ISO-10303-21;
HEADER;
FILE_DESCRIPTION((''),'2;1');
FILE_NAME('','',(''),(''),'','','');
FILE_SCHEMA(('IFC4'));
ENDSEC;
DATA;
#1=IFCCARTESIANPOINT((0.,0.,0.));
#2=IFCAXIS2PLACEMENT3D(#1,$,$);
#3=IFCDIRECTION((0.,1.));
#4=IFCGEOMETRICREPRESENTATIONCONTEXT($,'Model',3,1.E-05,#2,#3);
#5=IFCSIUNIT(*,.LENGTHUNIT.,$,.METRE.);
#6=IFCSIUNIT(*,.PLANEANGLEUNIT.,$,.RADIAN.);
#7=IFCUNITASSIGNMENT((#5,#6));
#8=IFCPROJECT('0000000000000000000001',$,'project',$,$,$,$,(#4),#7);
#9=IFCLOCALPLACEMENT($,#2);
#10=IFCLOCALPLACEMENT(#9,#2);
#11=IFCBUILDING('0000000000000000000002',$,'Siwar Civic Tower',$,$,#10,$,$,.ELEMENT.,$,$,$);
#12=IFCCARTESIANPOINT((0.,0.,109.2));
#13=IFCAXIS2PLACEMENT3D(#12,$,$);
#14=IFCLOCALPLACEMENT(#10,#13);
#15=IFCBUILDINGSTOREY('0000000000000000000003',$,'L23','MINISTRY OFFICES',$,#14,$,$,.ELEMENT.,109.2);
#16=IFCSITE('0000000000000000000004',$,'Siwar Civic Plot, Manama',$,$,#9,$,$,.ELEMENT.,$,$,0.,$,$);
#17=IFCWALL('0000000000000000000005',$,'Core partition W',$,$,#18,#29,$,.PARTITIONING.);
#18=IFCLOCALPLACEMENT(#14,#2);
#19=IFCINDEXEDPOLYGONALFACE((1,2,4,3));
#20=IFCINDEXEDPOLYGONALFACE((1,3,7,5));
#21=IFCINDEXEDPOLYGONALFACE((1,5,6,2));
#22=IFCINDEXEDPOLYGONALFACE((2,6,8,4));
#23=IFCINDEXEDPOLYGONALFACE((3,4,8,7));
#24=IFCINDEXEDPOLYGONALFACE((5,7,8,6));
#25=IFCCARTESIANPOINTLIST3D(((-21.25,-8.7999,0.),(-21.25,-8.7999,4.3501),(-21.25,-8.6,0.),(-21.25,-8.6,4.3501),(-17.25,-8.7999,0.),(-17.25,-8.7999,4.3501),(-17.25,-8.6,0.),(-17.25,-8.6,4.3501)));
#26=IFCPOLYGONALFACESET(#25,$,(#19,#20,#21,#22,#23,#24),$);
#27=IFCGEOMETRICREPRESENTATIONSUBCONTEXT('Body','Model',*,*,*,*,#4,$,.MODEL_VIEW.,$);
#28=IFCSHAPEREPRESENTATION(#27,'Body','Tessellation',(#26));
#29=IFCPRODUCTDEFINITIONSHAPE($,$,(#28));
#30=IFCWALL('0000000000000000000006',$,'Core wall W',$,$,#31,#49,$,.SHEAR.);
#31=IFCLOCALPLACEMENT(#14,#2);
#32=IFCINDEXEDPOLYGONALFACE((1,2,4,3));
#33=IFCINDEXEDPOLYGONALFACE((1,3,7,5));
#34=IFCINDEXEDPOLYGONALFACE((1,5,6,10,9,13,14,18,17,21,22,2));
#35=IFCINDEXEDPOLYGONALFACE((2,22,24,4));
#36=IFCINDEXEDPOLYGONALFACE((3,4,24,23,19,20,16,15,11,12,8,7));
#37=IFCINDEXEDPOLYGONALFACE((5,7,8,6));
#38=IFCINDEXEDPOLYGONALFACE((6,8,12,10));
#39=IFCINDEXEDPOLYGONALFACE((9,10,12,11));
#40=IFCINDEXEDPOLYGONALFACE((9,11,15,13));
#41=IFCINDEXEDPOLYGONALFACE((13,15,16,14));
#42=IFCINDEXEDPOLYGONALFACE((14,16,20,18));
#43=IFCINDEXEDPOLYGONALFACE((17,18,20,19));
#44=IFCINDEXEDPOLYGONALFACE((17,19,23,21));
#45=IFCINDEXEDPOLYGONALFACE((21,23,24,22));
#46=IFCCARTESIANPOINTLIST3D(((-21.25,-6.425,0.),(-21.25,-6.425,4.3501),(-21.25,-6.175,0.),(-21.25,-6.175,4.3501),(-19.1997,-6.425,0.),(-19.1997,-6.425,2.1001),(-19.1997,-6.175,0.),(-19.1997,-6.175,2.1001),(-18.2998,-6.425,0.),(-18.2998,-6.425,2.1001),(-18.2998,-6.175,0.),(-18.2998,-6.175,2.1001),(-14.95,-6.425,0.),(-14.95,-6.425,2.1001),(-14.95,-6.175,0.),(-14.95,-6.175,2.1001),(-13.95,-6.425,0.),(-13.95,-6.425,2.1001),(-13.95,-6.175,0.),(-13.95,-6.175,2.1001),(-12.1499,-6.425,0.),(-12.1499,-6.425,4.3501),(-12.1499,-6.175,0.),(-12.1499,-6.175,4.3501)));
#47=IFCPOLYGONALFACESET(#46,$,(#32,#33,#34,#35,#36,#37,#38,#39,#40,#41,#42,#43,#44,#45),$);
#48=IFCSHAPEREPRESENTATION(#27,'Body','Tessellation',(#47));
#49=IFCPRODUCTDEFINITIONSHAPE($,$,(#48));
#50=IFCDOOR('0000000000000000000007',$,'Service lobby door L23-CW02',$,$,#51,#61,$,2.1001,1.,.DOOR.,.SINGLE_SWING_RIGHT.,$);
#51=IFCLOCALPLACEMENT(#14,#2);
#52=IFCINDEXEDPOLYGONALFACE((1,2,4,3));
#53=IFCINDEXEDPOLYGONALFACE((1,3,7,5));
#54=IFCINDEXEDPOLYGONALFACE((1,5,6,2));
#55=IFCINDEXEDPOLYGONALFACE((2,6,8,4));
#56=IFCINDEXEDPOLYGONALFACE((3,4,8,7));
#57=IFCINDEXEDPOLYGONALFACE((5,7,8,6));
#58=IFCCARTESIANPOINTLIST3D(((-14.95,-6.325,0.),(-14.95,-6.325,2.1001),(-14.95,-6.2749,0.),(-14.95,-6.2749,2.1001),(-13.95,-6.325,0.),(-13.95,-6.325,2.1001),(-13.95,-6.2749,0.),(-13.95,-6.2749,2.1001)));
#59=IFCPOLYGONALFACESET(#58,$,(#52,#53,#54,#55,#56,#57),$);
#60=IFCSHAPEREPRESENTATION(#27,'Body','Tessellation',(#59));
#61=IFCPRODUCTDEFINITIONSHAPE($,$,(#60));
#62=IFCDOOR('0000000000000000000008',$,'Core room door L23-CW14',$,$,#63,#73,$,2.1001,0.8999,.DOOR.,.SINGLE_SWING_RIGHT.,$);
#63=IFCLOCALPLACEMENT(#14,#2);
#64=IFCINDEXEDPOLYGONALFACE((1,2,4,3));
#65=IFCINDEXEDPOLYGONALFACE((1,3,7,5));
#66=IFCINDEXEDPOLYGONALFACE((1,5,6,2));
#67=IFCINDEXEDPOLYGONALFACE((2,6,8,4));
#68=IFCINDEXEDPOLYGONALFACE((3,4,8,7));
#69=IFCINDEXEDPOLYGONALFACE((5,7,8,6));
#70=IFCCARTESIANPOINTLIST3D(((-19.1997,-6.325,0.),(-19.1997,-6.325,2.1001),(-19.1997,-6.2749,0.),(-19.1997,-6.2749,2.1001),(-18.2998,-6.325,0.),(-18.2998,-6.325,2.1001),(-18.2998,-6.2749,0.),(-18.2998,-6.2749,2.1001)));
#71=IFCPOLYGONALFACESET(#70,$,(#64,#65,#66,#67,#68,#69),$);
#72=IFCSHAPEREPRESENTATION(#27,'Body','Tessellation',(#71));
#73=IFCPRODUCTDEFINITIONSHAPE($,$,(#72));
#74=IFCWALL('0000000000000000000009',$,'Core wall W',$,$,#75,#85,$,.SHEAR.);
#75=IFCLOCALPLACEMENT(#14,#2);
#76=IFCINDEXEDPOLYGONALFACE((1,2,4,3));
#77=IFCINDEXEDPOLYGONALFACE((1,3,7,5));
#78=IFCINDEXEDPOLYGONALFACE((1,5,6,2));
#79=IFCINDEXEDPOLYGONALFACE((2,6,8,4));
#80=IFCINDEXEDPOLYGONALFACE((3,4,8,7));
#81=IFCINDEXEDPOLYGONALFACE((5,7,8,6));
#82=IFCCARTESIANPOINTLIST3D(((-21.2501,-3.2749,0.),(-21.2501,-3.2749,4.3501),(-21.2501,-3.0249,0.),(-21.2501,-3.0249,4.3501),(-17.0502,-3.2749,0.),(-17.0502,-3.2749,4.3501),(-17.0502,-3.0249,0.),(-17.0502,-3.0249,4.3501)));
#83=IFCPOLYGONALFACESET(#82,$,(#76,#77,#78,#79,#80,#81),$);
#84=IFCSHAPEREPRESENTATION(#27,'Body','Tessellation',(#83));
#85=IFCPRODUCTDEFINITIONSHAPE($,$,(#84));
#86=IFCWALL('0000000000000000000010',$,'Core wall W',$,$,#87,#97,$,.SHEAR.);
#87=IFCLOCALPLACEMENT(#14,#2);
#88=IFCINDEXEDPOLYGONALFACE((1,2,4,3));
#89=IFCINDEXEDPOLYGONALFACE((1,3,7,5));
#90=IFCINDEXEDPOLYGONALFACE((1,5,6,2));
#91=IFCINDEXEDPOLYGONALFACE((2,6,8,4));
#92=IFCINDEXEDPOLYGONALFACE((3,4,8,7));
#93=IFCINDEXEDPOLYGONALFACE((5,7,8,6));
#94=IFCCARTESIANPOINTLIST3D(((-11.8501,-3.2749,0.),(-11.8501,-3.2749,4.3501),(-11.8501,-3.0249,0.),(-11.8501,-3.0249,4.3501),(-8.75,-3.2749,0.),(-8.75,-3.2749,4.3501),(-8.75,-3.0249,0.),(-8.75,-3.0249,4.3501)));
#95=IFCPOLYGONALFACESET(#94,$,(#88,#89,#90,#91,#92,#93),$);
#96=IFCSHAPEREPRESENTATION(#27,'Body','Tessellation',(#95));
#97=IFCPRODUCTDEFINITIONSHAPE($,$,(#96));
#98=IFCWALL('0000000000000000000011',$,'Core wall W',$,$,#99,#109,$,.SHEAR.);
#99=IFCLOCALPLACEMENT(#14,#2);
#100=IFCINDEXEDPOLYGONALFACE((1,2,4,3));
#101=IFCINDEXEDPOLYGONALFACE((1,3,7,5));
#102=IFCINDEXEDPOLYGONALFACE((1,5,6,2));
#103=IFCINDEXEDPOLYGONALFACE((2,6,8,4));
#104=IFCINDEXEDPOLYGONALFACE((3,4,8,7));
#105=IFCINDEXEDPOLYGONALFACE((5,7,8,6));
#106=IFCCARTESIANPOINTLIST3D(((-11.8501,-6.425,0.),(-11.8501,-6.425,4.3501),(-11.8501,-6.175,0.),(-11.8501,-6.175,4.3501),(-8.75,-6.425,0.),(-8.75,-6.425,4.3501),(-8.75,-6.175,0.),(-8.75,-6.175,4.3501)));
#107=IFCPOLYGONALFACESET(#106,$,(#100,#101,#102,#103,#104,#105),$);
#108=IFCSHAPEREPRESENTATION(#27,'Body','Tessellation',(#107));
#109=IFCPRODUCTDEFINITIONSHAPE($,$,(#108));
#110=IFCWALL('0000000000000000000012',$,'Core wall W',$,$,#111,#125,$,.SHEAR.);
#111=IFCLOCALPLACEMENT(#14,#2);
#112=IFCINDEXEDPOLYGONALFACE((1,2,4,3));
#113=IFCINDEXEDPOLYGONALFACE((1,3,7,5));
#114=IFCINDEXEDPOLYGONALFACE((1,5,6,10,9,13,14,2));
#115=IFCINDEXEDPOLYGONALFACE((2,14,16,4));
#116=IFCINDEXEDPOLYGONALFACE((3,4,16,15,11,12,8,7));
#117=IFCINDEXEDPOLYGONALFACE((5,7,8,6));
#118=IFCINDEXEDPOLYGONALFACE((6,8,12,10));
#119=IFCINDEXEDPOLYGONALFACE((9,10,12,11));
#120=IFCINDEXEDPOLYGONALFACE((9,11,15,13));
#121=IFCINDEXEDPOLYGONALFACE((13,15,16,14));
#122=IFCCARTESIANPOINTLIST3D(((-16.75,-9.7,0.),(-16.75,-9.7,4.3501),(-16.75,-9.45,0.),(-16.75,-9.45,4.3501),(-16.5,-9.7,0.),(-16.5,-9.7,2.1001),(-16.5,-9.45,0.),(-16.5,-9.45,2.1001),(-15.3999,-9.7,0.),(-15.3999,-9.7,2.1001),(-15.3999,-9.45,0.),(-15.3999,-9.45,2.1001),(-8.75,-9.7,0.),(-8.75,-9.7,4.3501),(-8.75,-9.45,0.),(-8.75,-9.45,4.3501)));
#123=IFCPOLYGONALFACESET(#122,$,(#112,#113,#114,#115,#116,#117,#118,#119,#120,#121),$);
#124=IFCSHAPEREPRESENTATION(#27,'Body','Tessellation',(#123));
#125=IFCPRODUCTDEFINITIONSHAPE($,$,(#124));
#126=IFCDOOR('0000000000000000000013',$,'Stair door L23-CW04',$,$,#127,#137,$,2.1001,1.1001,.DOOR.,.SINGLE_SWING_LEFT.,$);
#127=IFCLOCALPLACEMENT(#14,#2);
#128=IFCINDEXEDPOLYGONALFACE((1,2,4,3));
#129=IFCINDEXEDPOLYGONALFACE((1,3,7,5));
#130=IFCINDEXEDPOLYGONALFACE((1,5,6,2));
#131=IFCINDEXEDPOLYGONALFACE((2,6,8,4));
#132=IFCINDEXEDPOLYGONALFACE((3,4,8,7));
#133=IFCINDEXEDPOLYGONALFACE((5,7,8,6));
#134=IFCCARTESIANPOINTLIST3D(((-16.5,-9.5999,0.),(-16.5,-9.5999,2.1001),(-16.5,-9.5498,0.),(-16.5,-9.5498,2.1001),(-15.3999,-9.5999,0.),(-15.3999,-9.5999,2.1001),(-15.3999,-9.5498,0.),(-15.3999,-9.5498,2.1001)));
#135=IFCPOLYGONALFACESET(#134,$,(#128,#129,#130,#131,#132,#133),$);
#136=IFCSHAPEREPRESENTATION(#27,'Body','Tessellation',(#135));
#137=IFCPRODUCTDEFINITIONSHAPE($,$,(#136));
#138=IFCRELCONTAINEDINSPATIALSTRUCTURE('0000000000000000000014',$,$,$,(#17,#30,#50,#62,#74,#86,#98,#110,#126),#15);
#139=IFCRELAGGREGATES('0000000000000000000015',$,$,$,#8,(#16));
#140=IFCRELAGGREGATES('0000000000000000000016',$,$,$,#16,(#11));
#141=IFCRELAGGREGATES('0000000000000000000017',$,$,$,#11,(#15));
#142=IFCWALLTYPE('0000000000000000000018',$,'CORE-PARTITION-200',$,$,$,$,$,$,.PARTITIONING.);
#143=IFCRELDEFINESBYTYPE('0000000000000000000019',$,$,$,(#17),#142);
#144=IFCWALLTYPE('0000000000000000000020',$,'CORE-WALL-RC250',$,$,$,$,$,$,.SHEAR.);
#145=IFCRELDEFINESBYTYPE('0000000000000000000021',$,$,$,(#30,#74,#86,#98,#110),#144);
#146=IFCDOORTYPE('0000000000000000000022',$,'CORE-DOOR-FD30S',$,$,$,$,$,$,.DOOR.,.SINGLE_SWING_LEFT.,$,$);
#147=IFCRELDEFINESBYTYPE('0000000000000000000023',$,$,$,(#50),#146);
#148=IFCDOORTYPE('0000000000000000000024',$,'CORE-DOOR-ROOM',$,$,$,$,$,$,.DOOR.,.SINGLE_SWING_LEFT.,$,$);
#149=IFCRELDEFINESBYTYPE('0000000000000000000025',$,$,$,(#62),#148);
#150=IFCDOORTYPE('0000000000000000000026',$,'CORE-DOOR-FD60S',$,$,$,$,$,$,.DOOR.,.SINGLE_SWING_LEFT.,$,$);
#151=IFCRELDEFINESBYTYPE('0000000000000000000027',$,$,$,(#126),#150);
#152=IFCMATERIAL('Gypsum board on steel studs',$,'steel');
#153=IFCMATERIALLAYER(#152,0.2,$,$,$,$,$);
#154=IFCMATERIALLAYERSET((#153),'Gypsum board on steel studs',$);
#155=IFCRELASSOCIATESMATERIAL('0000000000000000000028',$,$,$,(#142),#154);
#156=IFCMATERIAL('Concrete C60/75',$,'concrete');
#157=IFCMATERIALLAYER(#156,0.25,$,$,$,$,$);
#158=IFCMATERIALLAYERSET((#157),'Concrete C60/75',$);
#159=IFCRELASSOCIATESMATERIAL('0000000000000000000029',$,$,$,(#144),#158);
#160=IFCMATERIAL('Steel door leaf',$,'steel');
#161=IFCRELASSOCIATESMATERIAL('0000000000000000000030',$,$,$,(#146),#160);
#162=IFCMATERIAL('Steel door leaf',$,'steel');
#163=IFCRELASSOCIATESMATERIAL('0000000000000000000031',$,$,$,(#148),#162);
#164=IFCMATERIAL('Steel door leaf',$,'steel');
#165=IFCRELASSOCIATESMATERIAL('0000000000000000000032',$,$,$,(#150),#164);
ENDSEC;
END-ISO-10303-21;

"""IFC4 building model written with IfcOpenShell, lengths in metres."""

from ifc_helpers import new_model, si_unit, direction, frame, frame_2d, origin, place, context, subcontext, project, spatial, rectangle, extrude, material, layer, layer_set, type_object, element, fill, save


model = new_model("IFC4")

# Units and contexts
model_context = context("Model", 3, precision=1e-05, world=origin(), true_north=direction((0.0, 1.0)))
body_context = subcontext(model_context, "Body", "Model", "MODEL_VIEW")
ifc_project = project(units=[si_unit("LENGTHUNIT", "METRE"), si_unit("PLANEANGLEUNIT", "RADIAN")], contexts=[model_context])

# Site, building, storey
site_placement = place(None, origin())
site = spatial("IfcSite", under=ifc_project, at=site_placement, Name="Siwar Civic Plot, Manama", CompositionType="ELEMENT", RefElevation=0.0)
building_placement = place(site_placement, origin())
building = spatial("IfcBuilding", under=site, at=building_placement, Name="Siwar Civic Tower", CompositionType="ELEMENT")
storey_placement = place(building_placement, frame((0.0, 0.0, 109.2)))
storey = spatial("IfcBuildingStorey", under=building, at=storey_placement, Name="L23", Description="MINISTRY OFFICES", CompositionType="ELEMENT", Elevation=109.2)

# Wall
ifc_material_1 = material(Name="Gypsum board on steel studs", Category="steel")
ifc_layer_1 = layer(ifc_material_1, 0.2)
ifc_layer_set_1 = layer_set([ifc_layer_1], Name="Gypsum board on steel studs")
wall_type_1 = type_object("IfcWallType", Name="CORE-PARTITION-200", PredefinedType="PARTITIONING", material=ifc_layer_set_1)
wall_1_placement = place(storey_placement, frame((-17.25, -8.7, 0.0), z_axis=(0.0, 0.0, 1.0), x_axis=(-1.0, 0.0, 0.0)))
element("IfcWall", 1, at=wall_1_placement, inside=storey, type_object=wall_type_1, Name="Core partition W", PredefinedType="PARTITIONING", context=body_context, shape_type="SweptSolid", body=[
    extrude(rectangle(XDim=4.0, YDim=0.2, at=frame_2d((2.0, 0.0))), origin(), (0.0, 0.0, 1.0), 4.3501),
])

# Wall, openings, doors
ifc_material_2 = material(Name="Concrete C60/75", Category="concrete")
ifc_layer_2 = layer(ifc_material_2, 0.25)
ifc_layer_set_2 = layer_set([ifc_layer_2], Name="Concrete C60/75")
wall_type_2 = type_object("IfcWallType", Name="CORE-WALL-RC250", PredefinedType="SHEAR", material=ifc_layer_set_2)
wall_2_placement = place(storey_placement, frame((-12.1499, -6.3, 0.0), z_axis=(0.0, 0.0, 1.0), x_axis=(-1.0, 0.0, 0.0)))
wall_2 = element("IfcWall", 2, at=wall_2_placement, inside=storey, type_object=wall_type_2, Name="Core wall W", PredefinedType="SHEAR", context=body_context, shape_type="SweptSolid", body=[
    extrude(rectangle(XDim=9.1001, YDim=0.25, at=frame_2d((4.55, 0.0))), origin(), (0.0, 0.0, 1.0), 4.3501),
])
opening_1_placement = place(wall_2_placement, frame((1.8, 0.0, 0.0)))
opening_1 = element("IfcOpeningElement", 3, at=opening_1_placement, cuts=wall_2, PredefinedType="OPENING", context=body_context, shape_type="SweptSolid", body=[
    extrude(rectangle(XDim=1.0, YDim=2.1001, at=frame_2d((0.5, 1.05))), frame((0.0, 0.135, 0.0), z_axis=(0.0, -1.0, 0.0), x_axis=(1.0, 0.0, 0.0)), (0.0, 0.0, 1.0), 0.27),
])
opening_2_placement = place(wall_2_placement, frame((6.1499, 0.0, 0.0)))
opening_2 = element("IfcOpeningElement", 4, at=opening_2_placement, cuts=wall_2, PredefinedType="OPENING", context=body_context, shape_type="SweptSolid", body=[
    extrude(rectangle(XDim=0.8999, YDim=2.1001, at=frame_2d((0.45, 1.05))), frame((0.0, 0.135, 0.0), z_axis=(0.0, -1.0, 0.0), x_axis=(1.0, 0.0, 0.0)), (0.0, 0.0, 1.0), 0.27),
])
ifc_material_3 = material(Name="Steel door leaf", Category="steel")
door_type_1 = type_object("IfcDoorType", Name="CORE-DOOR-FD30S", OperationType="SINGLE_SWING_LEFT", PredefinedType="DOOR", material=ifc_material_3)
door_1_placement = place(opening_1_placement, origin())
door_1 = element("IfcDoor", 5, at=door_1_placement, inside=storey, type_object=door_type_1, Name="Service lobby door L23-CW02", OperationType="SINGLE_SWING_RIGHT", OverallHeight=2.1001, OverallWidth=1.0, PredefinedType="DOOR", context=body_context, shape_type="SweptSolid", body=[
    extrude(rectangle(XDim=1.0, YDim=2.1001, at=frame_2d((0.5, 1.05))), frame((0.0, 0.0249, 0.0), z_axis=(0.0, -1.0, 0.0), x_axis=(1.0, 0.0, 0.0)), (0.0, 0.0, 1.0), 0.05),
])
fill(opening_1, door_1)
ifc_material_4 = material(Name="Steel door leaf", Category="steel")
door_type_2 = type_object("IfcDoorType", Name="CORE-DOOR-ROOM", OperationType="SINGLE_SWING_LEFT", PredefinedType="DOOR", material=ifc_material_4)
door_2_placement = place(opening_2_placement, origin())
door_2 = element("IfcDoor", 6, at=door_2_placement, inside=storey, type_object=door_type_2, Name="Core room door L23-CW14", OperationType="SINGLE_SWING_RIGHT", OverallHeight=2.1001, OverallWidth=0.8999, PredefinedType="DOOR", context=body_context, shape_type="SweptSolid", body=[
    extrude(rectangle(XDim=0.8999, YDim=2.1001, at=frame_2d((0.45, 1.05))), frame((0.0, 0.0249, 0.0), z_axis=(0.0, -1.0, 0.0), x_axis=(1.0, 0.0, 0.0)), (0.0, 0.0, 1.0), 0.05),
])
fill(opening_2, door_2)

# Walls
wall_3_placement = place(storey_placement, frame((-17.05, -3.1499, 0.0), z_axis=(0.0, 0.0, 1.0), x_axis=(-1.0, 0.0, 0.0)))
element("IfcWall", 7, at=wall_3_placement, inside=storey, type_object=wall_type_2, Name="Core wall W", PredefinedType="SHEAR", context=body_context, shape_type="SweptSolid", body=[
    extrude(rectangle(XDim=4.2, YDim=0.25, at=frame_2d((2.1001, 0.0))), origin(), (0.0, 0.0, 1.0), 4.3501),
])
for number, where, z_axis, x_axis, name in (
    (8, (-8.75, -3.1499, 0.0), (0.0, 0.0, 1.0), (-1.0, 0.0, 0.0), "Core wall W"),
    (9, (-8.75, -6.3, 0.0), (0.0, 0.0, 1.0), (-1.0, 0.0, 0.0), "Core wall W"),
):
    element("IfcWall", number, at=place(storey_placement, frame(where, z_axis=z_axis, x_axis=x_axis)), inside=storey, type_object=wall_type_2, Name=name, PredefinedType="SHEAR", context=body_context, shape_type="SweptSolid", body=[
        extrude(rectangle(XDim=3.1001, YDim=0.25, at=frame_2d((1.55, 0.0))), origin(), (0.0, 0.0, 1.0), 4.3501),
    ])

# Wall, opening, door
wall_4_placement = place(storey_placement, frame((-8.75, -9.575, 0.0), z_axis=(0.0, 0.0, 1.0), x_axis=(-1.0, 0.0, 0.0)))
wall_4 = element("IfcWall", 10, at=wall_4_placement, inside=storey, type_object=wall_type_2, Name="Core wall W", PredefinedType="SHEAR", context=body_context, shape_type="SweptSolid", body=[
    extrude(rectangle(XDim=8.0, YDim=0.25, at=frame_2d((4.0, 0.0))), origin(), (0.0, 0.0, 1.0), 4.3501),
])
opening_3_placement = place(wall_4_placement, frame((6.6499, 0.0, 0.0)))
opening_3 = element("IfcOpeningElement", 11, at=opening_3_placement, cuts=wall_4, PredefinedType="OPENING", context=body_context, shape_type="SweptSolid", body=[
    extrude(rectangle(XDim=1.1001, YDim=2.1001, at=frame_2d((0.55, 1.05))), frame((0.0, 0.135, 0.0), z_axis=(0.0, -1.0, 0.0), x_axis=(1.0, 0.0, 0.0)), (0.0, 0.0, 1.0), 0.27),
])
ifc_material_5 = material(Name="Steel door leaf", Category="steel")
door_type_3 = type_object("IfcDoorType", Name="CORE-DOOR-FD60S", OperationType="SINGLE_SWING_LEFT", PredefinedType="DOOR", material=ifc_material_5)
door_3_placement = place(opening_3_placement, origin())
door_3 = element("IfcDoor", 12, at=door_3_placement, inside=storey, type_object=door_type_3, Name="Stair door L23-CW04", OperationType="SINGLE_SWING_LEFT", OverallHeight=2.1001, OverallWidth=1.1001, PredefinedType="DOOR", context=body_context, shape_type="SweptSolid", body=[
    extrude(rectangle(XDim=1.1001, YDim=2.1001, at=frame_2d((0.55, 1.05))), frame((0.0, 0.0249, 0.0), z_axis=(0.0, -1.0, 0.0), x_axis=(1.0, 0.0, 0.0)), (0.0, 0.0, 1.0), 0.05),
])
fill(opening_3, door_3)

save(model, "model.ifc")
